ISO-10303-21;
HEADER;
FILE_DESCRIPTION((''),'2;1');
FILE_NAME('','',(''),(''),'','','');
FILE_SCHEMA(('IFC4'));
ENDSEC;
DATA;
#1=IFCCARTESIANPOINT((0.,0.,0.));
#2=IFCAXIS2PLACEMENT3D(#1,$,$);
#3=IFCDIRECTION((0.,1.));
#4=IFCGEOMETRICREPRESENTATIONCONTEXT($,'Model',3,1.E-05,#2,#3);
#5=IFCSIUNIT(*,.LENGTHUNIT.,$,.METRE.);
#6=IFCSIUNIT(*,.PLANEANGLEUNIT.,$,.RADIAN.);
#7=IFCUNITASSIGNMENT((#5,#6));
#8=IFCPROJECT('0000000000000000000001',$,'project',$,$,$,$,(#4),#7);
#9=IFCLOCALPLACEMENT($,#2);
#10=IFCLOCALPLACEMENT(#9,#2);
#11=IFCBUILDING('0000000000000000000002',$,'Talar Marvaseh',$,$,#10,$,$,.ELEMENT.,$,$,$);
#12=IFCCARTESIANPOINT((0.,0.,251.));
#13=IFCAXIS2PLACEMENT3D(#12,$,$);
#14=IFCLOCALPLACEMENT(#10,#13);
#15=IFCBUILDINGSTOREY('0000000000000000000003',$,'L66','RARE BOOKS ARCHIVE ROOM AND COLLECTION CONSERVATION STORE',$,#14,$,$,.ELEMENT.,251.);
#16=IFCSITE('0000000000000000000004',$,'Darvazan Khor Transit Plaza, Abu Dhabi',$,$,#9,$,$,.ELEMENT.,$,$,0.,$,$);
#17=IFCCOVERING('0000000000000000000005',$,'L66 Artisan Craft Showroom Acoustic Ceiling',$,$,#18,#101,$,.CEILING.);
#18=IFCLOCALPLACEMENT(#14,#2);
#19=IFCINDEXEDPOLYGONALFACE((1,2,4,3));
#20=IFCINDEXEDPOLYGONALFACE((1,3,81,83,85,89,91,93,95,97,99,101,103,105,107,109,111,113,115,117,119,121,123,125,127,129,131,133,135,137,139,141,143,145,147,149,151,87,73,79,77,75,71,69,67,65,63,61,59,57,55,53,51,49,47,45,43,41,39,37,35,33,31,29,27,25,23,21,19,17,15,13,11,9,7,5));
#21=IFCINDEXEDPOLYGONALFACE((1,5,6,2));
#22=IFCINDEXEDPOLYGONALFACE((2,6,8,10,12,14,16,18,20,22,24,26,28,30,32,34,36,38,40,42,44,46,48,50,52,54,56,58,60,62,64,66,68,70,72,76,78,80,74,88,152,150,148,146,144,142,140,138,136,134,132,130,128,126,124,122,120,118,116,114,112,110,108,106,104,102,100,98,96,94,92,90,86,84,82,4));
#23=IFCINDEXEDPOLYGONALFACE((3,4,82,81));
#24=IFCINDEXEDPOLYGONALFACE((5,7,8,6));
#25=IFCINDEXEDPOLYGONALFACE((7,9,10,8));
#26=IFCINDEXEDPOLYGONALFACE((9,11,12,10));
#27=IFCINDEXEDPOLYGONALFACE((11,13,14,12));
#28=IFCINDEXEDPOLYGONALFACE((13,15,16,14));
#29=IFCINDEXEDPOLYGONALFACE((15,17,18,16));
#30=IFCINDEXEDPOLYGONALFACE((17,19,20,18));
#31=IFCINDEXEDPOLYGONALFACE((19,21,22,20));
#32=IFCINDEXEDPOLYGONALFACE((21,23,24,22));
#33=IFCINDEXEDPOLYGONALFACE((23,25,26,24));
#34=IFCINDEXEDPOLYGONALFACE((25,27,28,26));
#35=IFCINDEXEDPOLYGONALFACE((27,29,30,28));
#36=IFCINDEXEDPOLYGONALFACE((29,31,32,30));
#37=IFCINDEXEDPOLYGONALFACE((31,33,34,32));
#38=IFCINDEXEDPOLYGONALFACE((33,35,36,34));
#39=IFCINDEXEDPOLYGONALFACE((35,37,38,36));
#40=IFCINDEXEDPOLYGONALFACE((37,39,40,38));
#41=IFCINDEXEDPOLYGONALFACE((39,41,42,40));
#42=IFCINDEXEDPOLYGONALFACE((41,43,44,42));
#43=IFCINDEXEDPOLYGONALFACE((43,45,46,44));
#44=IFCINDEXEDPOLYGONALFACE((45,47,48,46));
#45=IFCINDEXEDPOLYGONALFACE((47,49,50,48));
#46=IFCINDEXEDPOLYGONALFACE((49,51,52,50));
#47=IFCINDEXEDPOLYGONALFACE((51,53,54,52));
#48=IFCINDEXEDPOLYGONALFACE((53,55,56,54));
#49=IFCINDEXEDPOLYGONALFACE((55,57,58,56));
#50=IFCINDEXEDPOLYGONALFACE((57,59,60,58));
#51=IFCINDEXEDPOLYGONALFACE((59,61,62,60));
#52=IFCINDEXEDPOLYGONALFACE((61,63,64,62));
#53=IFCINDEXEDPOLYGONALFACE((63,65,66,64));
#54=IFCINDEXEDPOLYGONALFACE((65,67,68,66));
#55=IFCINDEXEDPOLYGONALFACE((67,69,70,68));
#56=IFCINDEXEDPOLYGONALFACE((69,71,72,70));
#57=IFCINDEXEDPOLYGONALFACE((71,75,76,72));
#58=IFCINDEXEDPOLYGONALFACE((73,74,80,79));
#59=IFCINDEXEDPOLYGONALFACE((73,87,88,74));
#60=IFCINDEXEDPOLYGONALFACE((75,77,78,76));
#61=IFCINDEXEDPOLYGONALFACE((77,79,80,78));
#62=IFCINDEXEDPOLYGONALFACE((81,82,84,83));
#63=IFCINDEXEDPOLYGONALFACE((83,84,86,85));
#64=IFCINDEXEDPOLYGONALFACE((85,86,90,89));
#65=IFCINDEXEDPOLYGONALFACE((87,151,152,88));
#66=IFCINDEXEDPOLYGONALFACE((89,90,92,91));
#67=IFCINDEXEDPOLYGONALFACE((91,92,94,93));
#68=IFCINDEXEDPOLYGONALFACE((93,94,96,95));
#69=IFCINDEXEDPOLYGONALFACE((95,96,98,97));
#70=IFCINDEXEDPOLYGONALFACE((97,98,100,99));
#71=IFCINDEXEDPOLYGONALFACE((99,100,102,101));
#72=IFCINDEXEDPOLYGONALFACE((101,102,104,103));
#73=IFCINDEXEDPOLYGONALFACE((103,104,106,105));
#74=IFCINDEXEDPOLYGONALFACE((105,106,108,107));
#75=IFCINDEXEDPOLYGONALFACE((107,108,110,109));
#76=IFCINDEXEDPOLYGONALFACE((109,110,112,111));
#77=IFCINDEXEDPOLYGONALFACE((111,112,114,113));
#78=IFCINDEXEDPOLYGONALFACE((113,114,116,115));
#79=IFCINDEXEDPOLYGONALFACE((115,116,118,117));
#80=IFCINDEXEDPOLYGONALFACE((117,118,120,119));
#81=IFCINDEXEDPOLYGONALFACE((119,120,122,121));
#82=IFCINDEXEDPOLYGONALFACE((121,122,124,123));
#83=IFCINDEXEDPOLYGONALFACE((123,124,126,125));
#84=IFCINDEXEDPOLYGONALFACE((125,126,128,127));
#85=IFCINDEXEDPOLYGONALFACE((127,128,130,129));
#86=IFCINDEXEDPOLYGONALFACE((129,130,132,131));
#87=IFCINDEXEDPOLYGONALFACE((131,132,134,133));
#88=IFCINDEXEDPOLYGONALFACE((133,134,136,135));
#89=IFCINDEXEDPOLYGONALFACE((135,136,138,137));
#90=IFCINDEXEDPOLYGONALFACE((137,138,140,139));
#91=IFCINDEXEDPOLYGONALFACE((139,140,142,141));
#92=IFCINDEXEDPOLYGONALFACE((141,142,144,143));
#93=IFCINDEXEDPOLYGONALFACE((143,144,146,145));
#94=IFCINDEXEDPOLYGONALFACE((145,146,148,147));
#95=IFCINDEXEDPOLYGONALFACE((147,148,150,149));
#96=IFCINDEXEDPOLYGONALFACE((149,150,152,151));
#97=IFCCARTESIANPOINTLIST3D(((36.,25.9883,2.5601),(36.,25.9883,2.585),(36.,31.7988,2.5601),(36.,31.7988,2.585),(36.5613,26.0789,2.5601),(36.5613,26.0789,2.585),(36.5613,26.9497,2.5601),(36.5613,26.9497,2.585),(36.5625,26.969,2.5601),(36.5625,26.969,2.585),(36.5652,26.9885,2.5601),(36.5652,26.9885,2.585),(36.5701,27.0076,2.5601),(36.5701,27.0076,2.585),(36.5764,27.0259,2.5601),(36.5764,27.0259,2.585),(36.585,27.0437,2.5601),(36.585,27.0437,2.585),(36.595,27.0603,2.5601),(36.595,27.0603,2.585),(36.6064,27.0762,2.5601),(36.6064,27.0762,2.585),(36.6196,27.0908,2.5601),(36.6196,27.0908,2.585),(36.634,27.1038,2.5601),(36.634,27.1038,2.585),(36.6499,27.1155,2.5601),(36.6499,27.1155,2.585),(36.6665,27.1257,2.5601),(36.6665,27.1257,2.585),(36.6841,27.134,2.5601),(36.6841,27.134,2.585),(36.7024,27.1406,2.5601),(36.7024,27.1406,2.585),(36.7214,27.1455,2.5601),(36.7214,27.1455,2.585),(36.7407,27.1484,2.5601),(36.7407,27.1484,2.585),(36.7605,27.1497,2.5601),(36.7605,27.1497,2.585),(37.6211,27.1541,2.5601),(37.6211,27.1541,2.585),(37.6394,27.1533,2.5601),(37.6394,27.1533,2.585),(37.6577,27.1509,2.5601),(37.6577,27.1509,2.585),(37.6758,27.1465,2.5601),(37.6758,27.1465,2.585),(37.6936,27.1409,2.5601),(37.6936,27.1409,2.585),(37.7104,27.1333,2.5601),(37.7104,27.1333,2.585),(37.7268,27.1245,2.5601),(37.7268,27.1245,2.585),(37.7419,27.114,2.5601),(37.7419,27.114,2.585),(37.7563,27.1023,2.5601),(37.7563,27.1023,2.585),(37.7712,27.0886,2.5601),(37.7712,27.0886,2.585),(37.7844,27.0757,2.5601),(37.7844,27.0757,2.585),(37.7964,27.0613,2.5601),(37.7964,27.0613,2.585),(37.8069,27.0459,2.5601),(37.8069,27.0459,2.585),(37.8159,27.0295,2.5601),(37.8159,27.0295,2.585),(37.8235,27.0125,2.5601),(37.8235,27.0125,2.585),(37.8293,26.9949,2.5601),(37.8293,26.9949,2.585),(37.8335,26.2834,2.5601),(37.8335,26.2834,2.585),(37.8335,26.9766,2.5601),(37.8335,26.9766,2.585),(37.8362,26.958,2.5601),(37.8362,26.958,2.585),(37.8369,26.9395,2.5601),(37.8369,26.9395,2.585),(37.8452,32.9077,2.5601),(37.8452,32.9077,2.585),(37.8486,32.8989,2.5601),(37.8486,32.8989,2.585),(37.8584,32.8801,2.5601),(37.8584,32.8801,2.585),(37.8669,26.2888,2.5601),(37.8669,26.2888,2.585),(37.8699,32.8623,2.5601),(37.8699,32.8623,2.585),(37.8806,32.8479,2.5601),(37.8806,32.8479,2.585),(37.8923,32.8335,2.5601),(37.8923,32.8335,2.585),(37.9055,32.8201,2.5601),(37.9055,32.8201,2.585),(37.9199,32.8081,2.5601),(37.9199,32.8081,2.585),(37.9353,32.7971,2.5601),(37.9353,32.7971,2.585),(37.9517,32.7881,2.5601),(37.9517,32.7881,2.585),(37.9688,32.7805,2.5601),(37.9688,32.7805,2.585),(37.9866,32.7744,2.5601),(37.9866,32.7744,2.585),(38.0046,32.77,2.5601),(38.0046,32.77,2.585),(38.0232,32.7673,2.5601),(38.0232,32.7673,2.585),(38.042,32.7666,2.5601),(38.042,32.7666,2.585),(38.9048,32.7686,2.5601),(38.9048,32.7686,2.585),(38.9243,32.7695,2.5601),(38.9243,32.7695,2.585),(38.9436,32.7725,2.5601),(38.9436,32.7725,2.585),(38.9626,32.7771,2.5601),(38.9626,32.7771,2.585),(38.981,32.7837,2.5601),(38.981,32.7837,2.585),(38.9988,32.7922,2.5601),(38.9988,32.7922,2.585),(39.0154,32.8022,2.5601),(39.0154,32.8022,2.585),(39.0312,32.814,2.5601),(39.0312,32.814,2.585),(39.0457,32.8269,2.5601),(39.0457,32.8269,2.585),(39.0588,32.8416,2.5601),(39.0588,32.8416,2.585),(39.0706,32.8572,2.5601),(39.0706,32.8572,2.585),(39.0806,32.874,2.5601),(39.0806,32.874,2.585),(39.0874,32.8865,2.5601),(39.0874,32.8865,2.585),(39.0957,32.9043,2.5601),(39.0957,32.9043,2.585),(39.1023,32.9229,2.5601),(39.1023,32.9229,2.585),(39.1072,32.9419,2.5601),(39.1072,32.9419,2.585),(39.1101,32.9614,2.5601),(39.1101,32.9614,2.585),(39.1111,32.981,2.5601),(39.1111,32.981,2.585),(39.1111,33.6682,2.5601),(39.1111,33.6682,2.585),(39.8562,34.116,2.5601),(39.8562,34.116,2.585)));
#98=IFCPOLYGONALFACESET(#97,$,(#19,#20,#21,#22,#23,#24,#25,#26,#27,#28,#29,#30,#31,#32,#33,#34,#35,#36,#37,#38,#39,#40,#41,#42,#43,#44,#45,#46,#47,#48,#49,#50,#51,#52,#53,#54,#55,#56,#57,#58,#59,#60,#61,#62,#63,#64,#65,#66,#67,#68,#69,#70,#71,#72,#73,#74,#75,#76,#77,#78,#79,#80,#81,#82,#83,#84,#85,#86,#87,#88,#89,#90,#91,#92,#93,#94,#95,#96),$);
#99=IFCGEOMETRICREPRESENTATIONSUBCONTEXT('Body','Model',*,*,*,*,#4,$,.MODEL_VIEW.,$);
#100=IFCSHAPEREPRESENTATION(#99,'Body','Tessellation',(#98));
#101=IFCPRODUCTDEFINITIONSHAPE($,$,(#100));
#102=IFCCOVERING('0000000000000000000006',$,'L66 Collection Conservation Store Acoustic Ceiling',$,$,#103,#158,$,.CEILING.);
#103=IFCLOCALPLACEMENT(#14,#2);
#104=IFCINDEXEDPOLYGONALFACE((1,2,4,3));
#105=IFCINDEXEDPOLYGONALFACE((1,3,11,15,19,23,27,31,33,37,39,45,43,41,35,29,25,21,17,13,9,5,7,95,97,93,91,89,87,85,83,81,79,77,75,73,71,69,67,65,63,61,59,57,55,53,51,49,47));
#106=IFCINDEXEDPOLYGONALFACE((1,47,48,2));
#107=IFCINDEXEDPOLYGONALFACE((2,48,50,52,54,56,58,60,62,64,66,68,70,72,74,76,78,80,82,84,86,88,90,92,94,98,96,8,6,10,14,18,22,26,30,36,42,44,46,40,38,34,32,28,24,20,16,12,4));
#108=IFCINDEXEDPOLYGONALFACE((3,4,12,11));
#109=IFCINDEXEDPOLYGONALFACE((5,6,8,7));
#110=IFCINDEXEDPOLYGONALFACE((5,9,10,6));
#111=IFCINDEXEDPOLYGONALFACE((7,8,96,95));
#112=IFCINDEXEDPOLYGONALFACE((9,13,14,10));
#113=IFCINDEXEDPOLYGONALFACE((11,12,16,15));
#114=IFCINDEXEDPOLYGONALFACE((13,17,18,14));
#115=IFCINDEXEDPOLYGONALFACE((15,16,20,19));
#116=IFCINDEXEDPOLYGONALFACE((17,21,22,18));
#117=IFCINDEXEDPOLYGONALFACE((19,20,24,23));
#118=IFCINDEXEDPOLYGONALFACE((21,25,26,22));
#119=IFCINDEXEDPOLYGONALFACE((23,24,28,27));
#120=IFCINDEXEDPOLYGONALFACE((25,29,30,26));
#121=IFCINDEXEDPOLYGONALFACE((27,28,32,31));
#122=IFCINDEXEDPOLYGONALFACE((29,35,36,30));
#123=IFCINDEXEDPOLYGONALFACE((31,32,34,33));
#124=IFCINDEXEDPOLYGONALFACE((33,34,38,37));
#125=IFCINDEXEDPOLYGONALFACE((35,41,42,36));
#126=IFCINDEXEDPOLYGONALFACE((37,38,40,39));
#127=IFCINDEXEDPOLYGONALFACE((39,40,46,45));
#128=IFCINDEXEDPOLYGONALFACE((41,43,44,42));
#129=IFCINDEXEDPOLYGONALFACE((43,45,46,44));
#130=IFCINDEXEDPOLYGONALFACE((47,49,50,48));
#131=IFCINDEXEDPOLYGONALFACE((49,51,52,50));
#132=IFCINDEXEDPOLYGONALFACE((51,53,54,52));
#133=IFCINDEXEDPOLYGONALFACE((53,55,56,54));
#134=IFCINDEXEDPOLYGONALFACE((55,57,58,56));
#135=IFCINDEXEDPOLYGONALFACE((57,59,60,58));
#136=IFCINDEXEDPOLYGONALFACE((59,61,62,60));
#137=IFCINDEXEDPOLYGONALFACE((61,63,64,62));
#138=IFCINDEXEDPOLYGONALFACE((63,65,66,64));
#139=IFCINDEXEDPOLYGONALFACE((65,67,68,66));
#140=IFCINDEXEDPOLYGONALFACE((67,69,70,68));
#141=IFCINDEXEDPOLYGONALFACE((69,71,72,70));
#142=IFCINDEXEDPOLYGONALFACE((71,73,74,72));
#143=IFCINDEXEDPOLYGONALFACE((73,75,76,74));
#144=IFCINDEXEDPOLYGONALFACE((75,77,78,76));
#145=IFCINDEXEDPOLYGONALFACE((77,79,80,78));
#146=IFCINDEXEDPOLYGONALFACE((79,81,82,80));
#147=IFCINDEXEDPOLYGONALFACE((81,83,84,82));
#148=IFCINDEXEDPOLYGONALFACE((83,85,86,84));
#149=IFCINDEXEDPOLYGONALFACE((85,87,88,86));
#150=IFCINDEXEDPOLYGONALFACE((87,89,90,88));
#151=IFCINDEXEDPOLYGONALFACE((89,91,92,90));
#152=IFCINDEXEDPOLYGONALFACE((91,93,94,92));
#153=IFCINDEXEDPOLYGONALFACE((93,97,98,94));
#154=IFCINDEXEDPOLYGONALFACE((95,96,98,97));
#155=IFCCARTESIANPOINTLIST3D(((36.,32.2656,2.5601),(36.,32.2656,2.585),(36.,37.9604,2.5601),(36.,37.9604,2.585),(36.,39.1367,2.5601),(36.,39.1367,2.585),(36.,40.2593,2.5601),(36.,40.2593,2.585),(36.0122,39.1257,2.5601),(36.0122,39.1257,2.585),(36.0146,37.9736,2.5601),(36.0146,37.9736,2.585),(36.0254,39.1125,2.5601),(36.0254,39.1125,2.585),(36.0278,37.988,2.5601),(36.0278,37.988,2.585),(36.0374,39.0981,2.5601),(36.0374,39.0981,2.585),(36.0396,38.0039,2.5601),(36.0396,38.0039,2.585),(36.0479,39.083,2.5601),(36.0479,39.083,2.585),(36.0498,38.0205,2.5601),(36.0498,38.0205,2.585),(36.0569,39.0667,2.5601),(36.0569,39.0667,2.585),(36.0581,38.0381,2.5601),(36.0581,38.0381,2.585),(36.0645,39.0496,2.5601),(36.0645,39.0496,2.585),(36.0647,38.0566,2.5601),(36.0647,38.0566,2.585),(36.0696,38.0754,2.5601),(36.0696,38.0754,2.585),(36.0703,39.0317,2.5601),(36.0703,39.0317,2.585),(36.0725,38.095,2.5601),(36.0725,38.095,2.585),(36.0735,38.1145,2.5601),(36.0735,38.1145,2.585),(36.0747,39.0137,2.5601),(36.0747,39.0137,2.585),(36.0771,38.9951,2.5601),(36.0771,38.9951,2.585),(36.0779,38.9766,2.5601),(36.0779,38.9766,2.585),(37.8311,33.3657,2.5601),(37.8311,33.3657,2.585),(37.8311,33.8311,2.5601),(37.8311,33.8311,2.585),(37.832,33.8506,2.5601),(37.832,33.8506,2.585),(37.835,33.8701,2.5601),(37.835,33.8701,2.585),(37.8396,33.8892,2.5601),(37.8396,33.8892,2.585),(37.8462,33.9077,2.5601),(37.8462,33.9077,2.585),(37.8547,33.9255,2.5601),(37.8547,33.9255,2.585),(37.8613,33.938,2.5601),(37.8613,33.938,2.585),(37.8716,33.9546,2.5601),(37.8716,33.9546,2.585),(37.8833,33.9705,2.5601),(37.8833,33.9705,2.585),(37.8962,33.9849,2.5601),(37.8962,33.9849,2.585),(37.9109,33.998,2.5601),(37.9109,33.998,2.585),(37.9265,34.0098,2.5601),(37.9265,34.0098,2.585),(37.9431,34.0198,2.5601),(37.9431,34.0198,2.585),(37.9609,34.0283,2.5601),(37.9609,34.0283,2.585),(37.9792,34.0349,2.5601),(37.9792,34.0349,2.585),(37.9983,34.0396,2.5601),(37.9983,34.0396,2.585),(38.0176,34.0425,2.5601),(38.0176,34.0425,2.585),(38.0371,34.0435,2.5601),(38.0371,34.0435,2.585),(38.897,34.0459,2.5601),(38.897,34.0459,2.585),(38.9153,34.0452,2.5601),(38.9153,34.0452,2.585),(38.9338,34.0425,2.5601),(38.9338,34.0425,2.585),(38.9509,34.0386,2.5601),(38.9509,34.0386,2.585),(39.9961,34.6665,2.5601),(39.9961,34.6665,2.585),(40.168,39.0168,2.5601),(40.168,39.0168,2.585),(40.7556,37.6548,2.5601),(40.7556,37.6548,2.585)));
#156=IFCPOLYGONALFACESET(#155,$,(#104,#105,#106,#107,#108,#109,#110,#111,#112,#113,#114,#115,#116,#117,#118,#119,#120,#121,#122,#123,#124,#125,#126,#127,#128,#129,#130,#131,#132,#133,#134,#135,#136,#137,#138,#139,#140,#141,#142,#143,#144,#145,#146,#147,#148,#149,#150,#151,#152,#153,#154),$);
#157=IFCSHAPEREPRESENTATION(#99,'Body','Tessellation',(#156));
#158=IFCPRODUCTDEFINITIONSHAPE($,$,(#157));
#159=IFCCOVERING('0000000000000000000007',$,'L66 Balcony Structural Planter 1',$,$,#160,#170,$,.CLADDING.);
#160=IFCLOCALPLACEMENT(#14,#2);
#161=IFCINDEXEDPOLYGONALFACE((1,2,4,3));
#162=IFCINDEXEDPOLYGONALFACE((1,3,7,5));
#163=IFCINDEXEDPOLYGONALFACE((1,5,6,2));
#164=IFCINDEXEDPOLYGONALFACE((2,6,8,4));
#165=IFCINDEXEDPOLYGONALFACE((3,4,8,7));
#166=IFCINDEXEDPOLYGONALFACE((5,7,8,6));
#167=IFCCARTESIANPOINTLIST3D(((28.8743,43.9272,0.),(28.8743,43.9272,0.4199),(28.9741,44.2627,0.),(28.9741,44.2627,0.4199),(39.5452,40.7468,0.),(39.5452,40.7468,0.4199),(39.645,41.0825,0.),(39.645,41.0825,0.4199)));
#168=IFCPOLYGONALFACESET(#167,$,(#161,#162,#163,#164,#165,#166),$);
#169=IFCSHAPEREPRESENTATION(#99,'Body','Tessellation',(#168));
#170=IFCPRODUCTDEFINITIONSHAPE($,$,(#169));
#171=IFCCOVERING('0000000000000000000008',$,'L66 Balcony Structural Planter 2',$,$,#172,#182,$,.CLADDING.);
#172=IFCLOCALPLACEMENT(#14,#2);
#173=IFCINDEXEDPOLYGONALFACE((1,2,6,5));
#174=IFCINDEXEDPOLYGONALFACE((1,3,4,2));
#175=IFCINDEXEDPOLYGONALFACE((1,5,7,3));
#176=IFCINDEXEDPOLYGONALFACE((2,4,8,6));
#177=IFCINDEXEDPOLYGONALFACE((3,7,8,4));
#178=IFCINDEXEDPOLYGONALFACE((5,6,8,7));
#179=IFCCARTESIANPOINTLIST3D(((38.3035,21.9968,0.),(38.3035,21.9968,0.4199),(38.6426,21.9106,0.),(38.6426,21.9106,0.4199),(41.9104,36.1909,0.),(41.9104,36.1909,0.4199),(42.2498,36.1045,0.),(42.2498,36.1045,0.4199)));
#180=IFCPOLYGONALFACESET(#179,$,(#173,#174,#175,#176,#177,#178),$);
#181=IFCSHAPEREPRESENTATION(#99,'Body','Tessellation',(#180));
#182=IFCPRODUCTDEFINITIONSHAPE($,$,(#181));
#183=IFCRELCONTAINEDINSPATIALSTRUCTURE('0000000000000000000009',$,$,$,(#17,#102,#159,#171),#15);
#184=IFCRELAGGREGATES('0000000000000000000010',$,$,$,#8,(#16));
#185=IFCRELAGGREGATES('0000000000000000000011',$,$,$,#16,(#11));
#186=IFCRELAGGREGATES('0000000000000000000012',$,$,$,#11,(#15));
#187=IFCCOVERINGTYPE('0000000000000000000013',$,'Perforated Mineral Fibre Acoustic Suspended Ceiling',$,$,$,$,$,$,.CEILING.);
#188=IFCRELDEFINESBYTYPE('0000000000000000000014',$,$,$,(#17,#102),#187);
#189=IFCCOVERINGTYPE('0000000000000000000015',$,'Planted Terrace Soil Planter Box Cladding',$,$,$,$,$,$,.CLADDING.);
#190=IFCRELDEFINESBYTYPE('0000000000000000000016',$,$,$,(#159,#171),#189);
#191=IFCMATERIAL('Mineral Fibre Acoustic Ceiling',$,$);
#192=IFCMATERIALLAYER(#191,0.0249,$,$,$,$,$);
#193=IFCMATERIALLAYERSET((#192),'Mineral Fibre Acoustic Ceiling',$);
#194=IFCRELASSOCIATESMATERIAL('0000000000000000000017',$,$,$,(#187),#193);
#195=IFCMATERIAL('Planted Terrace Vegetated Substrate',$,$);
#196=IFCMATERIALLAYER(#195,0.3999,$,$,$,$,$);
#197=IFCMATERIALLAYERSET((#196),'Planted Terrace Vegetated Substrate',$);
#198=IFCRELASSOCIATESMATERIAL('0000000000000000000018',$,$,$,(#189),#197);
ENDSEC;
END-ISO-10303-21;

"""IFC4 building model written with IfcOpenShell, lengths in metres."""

from ifc_helpers import new_model, si_unit, direction, frame, origin, place, context, subcontext, project, spatial, polyline, outline, extrude, material, layer, layer_set, type_object, element, save


model = new_model("IFC4")

# Units and contexts
model_context = context("Model", 3, precision=1e-05, world=origin(), true_north=direction((0.0, 1.0)))
body_context = subcontext(model_context, "Body", "Model", "MODEL_VIEW")
ifc_project = project(units=[si_unit("LENGTHUNIT", "METRE"), si_unit("PLANEANGLEUNIT", "RADIAN")], contexts=[model_context])

# Site, building, storey
site_placement = place(None, origin())
site = spatial("IfcSite", under=ifc_project, at=site_placement, Name="Darvazan Khor Transit Plaza, Abu Dhabi", CompositionType="ELEMENT", RefElevation=0.0)
building_placement = place(site_placement, origin())
building = spatial("IfcBuilding", under=site, at=building_placement, Name="Talar Marvaseh", CompositionType="ELEMENT")
storey_placement = place(building_placement, frame((0.0, 0.0, 251.0)))
storey = spatial("IfcBuildingStorey", under=building, at=storey_placement, Name="L66", Description="RARE BOOKS ARCHIVE ROOM AND COLLECTION CONSERVATION STORE", CompositionType="ELEMENT", Elevation=251.0)

# Coverings
ifc_material_1 = material(Name="Mineral Fibre Acoustic Ceiling")
ifc_layer_1 = layer(ifc_material_1, 0.0249)
ifc_layer_set_1 = layer_set([ifc_layer_1], Name="Mineral Fibre Acoustic Ceiling")
covering_type_1 = type_object("IfcCoveringType", Name="Perforated Mineral Fibre Acoustic Suspended Ceiling", PredefinedType="CEILING", material=ifc_layer_set_1)
covering_1_placement = place(storey_placement, frame((0.0, 0.0, 2.5601)))
element("IfcCovering", 1, at=covering_1_placement, inside=storey, type_object=covering_type_1, Name="L66 Artisan Craft Showroom Acoustic Ceiling", PredefinedType="CEILING", context=body_context, shape_type="SweptSolid", body=[
    extrude(outline(polyline([(37.8486, 32.8989), (37.8584, 32.8801), (37.8699, 32.8623), (37.8806, 32.8479), (37.8923, 32.8335), (37.9055, 32.8201), (37.9199, 32.8081), (37.9353, 32.7971), (37.9517, 32.7881), (37.9688, 32.7805), (37.9866, 32.7744), (38.0046, 32.77), (38.0232, 32.7673), (38.042, 32.7666), (38.9048, 32.7686), (38.9243, 32.7695), (38.9436, 32.7725), (38.9626, 32.7771), (38.981, 32.7837), (38.9988, 32.7922), (39.0154, 32.8022), (39.0312, 32.814), (39.0457, 32.8269), (39.0588, 32.8416), (39.0706, 32.8572), (39.0806, 32.874), (39.0874, 32.8865), (39.0957, 32.9043), (39.1023, 32.9229), (39.1072, 32.9419), (39.1101, 32.9614), (39.1111, 32.981), (39.1111, 33.6682), (39.8562, 34.116), (37.8669, 26.2888), (37.8335, 26.2834), (37.8369, 26.9395), (37.8362, 26.958), (37.8335, 26.9766), (37.8293, 26.9949), (37.8235, 27.0125), (37.8159, 27.0295), (37.8069, 27.0459), (37.7964, 27.0613), (37.7844, 27.0757), (37.7712, 27.0886), (37.7563, 27.1023), (37.7419, 27.114), (37.7268, 27.1245), (37.7104, 27.1333), (37.6936, 27.1409), (37.6758, 27.1465), (37.6577, 27.1509), (37.6394, 27.1533), (37.6211, 27.1541), (36.7605, 27.1497), (36.7407, 27.1484), (36.7214, 27.1455), (36.7024, 27.1406), (36.6841, 27.134), (36.6665, 27.1257), (36.6499, 27.1155), (36.634, 27.1038), (36.6196, 27.0908), (36.6064, 27.0762), (36.595, 27.0603), (36.585, 27.0437), (36.5764, 27.0259), (36.5701, 27.0076), (36.5652, 26.9885), (36.5625, 26.969), (36.5613, 26.9497), (36.5613, 26.0789), (36.0, 25.9883), (36.0, 31.7988), (37.8452, 32.9077), (37.8486, 32.8989)])), origin(), (0.0, 0.0, 1.0), 0.0249),
])
covering_2_placement = place(storey_placement, frame((0.0, 0.0, 2.5601)))
element("IfcCovering", 2, at=covering_2_placement, inside=storey, type_object=covering_type_1, Name="L66 Collection Conservation Store Acoustic Ceiling", PredefinedType="CEILING", context=body_context, shape_type="SweptSolid", body=[
    extrude(outline(polyline([(38.9153, 34.0452), (38.897, 34.0459), (38.0371, 34.0435), (38.0176, 34.0425), (37.9983, 34.0396), (37.9792, 34.0349), (37.9609, 34.0283), (37.9431, 34.0198), (37.9265, 34.0098), (37.9109, 33.998), (37.8962, 33.9849), (37.8833, 33.9705), (37.8716, 33.9546), (37.8613, 33.938), (37.8547, 33.9255), (37.8462, 33.9077), (37.8396, 33.8892), (37.835, 33.8701), (37.832, 33.8506), (37.8311, 33.8311), (37.8311, 33.3657), (36.0, 32.2656), (36.0, 37.9604), (36.0, 37.9604), (36.0146, 37.9736), (36.0278, 37.988), (36.0396, 38.0039), (36.0498, 38.0205), (36.0581, 38.0381), (36.0647, 38.0566), (36.0696, 38.0754), (36.0725, 38.095), (36.0735, 38.1145), (36.0779, 38.9766), (36.0771, 38.9951), (36.0747, 39.0137), (36.0703, 39.0317), (36.0645, 39.0496), (36.0569, 39.0667), (36.0479, 39.083), (36.0374, 39.0981), (36.0254, 39.1125), (36.0122, 39.1257), (36.0, 39.1367), (36.0, 40.2593), (40.168, 39.0168), (40.7556, 37.6548), (39.9961, 34.6665), (38.9509, 34.0386), (38.9338, 34.0425), (38.9153, 34.0452)])), origin(), (0.0, 0.0, 1.0), 0.0249),
])
ifc_material_2 = material(Name="Planted Terrace Vegetated Substrate")
ifc_layer_2 = layer(ifc_material_2, 0.3999)
ifc_layer_set_2 = layer_set([ifc_layer_2], Name="Planted Terrace Vegetated Substrate")
covering_type_2 = type_object("IfcCoveringType", Name="Planted Terrace Soil Planter Box Cladding", PredefinedType="CLADDING", material=ifc_layer_set_2)
covering_3_placement = place(storey_placement, origin())
element("IfcCovering", 3, at=covering_3_placement, inside=storey, type_object=covering_type_2, Name="L66 Balcony Structural Planter 1", PredefinedType="CLADDING", context=body_context, shape_type="SweptSolid", body=[
    extrude(outline(polyline([(28.9741, 44.2627), (39.645, 41.0825), (39.5452, 40.7468), (28.8743, 43.9272), (28.9741, 44.2627)])), origin(), (0.0, 0.0, 1.0), 0.4199),
])
covering_4_placement = place(storey_placement, origin())
element("IfcCovering", 4, at=covering_4_placement, inside=storey, type_object=covering_type_2, Name="L66 Balcony Structural Planter 2", PredefinedType="CLADDING", context=body_context, shape_type="SweptSolid", body=[
    extrude(outline(polyline([(42.2498, 36.1045), (38.6426, 21.9106), (38.3035, 21.9968), (41.9104, 36.1909), (42.2498, 36.1045)])), origin(), (0.0, 0.0, 1.0), 0.4199),
])

save(model, "model.ifc")
